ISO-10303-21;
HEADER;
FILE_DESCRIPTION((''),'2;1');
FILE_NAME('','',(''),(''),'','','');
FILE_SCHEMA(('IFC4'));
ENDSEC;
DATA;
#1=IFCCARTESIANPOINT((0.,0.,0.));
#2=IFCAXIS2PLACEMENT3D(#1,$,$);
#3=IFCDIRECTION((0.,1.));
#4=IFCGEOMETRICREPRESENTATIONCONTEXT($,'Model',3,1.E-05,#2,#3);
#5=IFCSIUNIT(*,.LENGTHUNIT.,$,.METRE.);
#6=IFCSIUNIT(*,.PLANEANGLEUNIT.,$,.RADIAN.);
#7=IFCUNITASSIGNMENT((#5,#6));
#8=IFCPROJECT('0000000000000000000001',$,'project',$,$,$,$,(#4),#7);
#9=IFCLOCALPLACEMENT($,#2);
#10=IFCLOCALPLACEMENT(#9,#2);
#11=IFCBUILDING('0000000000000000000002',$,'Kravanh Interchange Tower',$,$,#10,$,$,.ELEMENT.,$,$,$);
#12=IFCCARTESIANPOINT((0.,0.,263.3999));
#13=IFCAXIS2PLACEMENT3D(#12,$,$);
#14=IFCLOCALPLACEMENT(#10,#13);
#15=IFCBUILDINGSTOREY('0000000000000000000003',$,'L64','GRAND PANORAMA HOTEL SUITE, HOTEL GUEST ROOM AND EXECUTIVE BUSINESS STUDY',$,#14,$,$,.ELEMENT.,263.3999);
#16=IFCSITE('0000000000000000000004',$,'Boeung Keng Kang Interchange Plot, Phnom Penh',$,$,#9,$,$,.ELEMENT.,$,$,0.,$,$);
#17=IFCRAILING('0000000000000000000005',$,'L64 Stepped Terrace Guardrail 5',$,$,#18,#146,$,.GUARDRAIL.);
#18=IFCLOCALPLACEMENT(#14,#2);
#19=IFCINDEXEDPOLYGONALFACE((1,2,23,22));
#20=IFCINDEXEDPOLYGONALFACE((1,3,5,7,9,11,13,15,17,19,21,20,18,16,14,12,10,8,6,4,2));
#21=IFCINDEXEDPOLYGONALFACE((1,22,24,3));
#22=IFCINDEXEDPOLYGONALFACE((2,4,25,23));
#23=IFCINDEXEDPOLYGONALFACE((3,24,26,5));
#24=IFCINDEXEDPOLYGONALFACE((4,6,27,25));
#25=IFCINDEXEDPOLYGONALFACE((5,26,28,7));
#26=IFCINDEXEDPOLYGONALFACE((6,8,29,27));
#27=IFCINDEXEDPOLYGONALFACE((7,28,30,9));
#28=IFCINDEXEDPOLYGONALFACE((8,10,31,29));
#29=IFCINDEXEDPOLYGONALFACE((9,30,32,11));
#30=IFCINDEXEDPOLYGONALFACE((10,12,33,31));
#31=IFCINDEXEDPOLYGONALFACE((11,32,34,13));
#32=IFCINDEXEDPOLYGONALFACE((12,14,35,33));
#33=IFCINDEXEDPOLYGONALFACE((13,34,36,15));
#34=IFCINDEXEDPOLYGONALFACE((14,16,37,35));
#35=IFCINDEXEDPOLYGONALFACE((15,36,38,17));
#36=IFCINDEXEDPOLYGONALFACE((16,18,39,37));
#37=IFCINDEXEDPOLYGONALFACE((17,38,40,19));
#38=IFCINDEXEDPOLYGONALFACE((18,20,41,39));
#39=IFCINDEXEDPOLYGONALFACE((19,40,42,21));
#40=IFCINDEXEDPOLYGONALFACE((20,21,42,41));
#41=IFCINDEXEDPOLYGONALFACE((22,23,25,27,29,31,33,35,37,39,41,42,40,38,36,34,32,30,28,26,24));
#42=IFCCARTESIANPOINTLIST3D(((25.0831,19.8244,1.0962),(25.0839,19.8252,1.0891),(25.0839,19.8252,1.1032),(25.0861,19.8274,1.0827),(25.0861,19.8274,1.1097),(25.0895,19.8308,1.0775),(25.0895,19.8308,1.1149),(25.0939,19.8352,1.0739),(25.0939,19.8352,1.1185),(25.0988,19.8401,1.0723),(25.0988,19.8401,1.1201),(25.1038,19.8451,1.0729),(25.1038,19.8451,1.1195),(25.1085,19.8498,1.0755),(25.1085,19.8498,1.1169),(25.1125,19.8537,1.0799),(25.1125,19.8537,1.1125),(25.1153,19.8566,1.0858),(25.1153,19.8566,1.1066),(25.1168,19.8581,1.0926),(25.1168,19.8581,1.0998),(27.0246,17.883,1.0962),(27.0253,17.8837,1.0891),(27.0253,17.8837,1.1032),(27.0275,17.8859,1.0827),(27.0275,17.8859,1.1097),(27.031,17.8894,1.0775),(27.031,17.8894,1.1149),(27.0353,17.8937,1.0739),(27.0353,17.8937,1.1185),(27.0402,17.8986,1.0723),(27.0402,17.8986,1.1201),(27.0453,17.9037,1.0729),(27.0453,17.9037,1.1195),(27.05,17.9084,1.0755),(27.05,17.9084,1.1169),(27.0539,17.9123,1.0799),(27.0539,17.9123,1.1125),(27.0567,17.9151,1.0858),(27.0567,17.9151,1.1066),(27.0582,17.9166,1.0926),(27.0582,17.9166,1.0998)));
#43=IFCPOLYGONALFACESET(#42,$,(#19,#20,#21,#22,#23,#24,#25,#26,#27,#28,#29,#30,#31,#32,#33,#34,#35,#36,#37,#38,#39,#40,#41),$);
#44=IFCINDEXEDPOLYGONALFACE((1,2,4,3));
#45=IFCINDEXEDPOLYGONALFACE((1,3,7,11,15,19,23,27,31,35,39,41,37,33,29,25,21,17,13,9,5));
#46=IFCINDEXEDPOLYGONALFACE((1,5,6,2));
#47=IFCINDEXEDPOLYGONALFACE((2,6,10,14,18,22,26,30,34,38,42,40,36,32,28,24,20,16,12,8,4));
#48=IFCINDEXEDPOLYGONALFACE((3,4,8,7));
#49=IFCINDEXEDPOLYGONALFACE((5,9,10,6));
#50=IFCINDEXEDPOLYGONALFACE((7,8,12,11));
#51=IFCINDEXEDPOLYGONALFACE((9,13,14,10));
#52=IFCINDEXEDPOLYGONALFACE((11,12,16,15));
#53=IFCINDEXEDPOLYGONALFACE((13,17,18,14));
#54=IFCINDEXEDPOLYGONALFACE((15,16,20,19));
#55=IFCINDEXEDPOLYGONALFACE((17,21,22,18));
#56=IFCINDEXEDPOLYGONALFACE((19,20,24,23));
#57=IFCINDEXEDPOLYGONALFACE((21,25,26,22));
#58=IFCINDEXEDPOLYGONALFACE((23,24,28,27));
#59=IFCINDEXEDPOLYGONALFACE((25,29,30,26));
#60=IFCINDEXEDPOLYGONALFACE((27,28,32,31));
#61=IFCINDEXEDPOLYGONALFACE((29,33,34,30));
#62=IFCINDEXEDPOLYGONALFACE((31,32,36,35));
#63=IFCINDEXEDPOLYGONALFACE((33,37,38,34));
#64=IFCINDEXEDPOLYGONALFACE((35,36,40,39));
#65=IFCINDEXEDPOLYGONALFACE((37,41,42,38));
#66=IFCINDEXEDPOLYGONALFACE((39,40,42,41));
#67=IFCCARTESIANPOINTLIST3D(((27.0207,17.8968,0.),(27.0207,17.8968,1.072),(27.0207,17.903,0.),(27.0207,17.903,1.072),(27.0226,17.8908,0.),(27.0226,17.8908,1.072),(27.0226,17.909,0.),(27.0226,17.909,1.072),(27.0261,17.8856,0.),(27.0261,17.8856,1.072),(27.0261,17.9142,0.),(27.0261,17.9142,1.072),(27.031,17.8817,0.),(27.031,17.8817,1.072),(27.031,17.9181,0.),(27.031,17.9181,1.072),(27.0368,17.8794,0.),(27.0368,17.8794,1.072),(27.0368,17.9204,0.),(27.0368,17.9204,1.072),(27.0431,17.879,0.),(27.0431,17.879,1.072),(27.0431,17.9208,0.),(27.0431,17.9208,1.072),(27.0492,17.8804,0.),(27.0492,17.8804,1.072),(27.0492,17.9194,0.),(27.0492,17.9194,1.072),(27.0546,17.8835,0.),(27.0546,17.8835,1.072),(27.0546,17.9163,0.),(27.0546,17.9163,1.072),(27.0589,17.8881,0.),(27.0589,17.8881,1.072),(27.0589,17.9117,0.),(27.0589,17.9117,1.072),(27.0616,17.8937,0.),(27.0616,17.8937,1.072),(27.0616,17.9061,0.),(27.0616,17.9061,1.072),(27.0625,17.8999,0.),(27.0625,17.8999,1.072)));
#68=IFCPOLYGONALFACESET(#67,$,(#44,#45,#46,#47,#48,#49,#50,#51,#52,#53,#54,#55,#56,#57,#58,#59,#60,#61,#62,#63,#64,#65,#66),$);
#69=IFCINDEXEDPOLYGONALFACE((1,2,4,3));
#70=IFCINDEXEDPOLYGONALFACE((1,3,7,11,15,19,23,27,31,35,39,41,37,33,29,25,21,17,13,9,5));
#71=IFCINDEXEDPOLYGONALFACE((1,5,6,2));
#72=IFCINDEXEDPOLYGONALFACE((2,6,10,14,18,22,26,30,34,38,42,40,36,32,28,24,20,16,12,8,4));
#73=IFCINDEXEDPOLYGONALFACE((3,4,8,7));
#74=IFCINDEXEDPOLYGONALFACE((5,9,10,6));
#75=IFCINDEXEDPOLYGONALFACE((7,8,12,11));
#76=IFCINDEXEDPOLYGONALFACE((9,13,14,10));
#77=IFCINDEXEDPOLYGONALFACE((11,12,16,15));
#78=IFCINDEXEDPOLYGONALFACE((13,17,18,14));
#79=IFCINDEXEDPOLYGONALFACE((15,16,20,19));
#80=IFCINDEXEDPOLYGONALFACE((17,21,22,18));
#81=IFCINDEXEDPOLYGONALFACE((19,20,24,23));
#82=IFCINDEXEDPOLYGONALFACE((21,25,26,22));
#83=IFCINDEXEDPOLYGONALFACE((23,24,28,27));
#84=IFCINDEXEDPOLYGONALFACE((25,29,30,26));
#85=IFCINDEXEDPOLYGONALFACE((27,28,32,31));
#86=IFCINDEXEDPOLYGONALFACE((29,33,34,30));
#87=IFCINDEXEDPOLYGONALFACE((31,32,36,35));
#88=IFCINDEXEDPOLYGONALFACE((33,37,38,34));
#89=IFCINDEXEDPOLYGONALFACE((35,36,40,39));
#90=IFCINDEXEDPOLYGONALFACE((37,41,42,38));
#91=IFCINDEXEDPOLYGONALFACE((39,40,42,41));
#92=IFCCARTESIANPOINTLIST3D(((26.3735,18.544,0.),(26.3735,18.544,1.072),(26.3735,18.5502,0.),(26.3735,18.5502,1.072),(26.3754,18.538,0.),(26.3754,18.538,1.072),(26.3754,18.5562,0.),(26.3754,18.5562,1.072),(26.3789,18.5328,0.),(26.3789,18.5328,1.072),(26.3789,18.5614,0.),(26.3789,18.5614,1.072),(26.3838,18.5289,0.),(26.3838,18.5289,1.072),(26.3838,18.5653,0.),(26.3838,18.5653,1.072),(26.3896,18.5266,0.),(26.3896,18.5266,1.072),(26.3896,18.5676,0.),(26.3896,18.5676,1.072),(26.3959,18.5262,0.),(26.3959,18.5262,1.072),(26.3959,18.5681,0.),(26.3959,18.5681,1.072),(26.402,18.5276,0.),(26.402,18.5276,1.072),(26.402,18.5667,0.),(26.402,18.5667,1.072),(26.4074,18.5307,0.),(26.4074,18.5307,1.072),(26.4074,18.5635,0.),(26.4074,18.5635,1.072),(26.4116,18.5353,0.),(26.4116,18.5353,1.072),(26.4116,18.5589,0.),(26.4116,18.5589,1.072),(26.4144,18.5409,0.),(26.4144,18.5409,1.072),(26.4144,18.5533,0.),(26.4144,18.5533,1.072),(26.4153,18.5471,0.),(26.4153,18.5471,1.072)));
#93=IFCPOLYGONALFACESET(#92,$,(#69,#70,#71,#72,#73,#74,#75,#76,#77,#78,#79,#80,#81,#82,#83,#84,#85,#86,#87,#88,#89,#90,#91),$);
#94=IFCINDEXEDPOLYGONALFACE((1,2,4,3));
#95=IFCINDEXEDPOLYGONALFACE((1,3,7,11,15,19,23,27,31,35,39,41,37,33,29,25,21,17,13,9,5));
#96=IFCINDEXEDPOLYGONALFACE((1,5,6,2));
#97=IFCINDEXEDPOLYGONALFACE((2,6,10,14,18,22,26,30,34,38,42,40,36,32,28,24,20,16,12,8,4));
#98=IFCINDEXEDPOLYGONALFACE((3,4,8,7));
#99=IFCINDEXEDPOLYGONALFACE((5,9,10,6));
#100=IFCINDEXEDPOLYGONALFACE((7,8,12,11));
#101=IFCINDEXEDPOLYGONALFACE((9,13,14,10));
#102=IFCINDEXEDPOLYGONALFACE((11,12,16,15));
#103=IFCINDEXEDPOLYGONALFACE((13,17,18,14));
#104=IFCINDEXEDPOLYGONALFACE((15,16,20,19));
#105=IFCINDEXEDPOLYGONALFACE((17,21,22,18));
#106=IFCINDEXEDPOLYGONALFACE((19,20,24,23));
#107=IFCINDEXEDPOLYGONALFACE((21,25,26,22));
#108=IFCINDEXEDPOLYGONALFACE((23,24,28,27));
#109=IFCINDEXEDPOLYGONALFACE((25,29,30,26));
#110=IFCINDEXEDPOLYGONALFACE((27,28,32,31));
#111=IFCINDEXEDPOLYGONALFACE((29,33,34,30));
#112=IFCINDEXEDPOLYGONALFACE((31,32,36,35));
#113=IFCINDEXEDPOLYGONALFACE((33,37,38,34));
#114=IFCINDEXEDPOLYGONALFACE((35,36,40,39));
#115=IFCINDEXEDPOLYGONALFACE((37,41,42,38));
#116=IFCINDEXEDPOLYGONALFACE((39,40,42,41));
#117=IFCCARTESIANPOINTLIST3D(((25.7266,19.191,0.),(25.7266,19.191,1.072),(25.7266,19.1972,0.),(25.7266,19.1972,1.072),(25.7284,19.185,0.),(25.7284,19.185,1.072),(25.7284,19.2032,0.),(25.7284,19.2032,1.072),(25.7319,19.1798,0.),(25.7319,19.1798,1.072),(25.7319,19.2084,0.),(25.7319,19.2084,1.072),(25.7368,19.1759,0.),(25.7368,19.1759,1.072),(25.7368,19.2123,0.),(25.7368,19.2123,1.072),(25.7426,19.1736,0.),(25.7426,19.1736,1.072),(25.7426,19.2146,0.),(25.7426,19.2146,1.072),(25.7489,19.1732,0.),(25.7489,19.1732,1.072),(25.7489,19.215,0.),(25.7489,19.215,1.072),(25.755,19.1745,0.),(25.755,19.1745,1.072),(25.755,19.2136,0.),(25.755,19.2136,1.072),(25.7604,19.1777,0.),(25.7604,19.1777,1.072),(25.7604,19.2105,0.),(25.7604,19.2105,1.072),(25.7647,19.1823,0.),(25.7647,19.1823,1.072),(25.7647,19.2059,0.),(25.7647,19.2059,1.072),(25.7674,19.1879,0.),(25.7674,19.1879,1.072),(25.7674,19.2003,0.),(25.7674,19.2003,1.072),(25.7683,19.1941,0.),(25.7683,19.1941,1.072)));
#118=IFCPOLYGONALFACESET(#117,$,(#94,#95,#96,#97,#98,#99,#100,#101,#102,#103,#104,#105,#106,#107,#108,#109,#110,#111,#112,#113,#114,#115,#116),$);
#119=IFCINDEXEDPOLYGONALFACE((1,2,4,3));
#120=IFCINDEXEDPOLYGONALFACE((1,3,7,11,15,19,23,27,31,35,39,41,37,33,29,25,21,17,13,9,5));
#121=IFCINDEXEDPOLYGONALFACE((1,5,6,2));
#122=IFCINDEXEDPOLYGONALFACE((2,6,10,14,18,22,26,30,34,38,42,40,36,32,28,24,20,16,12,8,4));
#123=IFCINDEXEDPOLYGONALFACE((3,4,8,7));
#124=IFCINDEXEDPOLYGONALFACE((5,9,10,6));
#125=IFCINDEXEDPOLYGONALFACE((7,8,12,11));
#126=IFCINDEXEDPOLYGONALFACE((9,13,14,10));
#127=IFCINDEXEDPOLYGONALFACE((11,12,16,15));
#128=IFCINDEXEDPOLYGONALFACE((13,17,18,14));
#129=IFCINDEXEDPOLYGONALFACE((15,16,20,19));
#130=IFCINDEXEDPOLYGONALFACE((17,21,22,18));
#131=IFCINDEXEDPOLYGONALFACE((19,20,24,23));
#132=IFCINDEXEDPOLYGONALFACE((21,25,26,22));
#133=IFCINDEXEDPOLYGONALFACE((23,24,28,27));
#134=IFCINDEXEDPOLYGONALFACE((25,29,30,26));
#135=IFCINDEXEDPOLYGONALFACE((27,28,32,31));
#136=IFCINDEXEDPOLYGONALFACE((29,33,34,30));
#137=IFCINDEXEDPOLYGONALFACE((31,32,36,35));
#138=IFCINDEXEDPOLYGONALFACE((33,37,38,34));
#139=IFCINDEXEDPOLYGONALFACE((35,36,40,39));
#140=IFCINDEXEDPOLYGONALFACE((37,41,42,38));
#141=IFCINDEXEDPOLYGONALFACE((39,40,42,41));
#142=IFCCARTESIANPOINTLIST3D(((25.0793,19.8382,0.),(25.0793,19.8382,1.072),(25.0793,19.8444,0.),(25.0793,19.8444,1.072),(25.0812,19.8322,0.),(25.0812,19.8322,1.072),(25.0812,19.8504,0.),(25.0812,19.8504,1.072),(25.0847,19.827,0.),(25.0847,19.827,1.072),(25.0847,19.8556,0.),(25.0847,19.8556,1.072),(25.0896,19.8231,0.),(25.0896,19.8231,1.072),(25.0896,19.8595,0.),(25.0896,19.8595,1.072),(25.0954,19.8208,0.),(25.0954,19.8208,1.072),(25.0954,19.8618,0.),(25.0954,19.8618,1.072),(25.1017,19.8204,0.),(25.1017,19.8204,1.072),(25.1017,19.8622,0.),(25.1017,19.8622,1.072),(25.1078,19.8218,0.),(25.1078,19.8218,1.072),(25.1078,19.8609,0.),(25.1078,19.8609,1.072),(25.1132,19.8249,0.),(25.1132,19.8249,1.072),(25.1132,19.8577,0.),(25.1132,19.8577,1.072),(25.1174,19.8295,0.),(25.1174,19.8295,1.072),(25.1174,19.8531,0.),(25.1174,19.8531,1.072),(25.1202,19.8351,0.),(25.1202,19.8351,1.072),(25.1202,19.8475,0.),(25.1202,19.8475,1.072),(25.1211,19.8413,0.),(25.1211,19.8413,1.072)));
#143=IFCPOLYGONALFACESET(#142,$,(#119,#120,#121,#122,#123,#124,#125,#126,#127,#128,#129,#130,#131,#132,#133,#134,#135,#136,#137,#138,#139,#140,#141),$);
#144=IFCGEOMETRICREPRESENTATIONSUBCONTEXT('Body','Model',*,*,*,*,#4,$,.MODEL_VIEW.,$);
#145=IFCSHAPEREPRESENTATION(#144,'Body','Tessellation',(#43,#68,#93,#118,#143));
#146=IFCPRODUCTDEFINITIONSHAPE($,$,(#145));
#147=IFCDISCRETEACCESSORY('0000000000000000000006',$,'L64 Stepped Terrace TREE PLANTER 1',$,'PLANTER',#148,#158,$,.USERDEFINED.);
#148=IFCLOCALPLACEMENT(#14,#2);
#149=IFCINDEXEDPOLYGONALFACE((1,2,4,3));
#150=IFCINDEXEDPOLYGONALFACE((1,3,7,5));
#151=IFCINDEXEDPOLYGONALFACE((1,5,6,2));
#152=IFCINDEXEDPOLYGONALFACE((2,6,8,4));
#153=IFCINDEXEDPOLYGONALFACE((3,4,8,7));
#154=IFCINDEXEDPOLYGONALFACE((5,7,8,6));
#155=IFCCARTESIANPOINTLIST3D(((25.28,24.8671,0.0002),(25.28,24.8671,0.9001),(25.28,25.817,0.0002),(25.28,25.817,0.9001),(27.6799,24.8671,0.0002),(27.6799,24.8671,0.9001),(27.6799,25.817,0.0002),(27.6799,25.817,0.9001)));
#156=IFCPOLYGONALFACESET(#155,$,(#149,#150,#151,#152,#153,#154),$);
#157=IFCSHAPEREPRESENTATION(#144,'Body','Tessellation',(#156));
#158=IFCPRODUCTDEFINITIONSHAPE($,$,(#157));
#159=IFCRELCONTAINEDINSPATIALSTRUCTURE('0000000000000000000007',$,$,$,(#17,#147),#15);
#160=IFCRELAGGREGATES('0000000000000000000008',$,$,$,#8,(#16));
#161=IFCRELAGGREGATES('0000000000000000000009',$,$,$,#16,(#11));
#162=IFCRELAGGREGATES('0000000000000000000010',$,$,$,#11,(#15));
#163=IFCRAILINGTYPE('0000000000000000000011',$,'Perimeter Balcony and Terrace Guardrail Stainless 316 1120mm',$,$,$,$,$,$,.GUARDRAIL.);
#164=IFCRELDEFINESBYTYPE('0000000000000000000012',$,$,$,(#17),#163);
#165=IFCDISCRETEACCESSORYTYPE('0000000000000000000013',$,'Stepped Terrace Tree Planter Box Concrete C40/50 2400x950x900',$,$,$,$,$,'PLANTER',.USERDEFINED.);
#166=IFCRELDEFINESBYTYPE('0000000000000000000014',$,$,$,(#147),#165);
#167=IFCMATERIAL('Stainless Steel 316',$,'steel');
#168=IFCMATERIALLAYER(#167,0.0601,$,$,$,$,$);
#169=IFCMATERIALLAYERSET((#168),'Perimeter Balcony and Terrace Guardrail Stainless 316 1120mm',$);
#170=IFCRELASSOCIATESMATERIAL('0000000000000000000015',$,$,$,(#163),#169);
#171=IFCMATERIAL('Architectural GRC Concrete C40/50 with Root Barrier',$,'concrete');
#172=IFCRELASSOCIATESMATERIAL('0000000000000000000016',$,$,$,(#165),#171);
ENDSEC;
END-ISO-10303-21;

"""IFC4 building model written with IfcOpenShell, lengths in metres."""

from ifc_helpers import new_model, si_unit, direction, frame, origin, origin_2d, place, context, subcontext, project, spatial, rectangle, circle, extrude, material, layer, layer_set, type_object, element, save


model = new_model("IFC4")

# Units and contexts
model_context = context("Model", 3, precision=1e-05, world=origin(), true_north=direction((0.0, 1.0)))
body_context = subcontext(model_context, "Body", "Model", "MODEL_VIEW")
ifc_project = project(units=[si_unit("LENGTHUNIT", "METRE"), si_unit("PLANEANGLEUNIT", "RADIAN")], contexts=[model_context])

# Site, building, storey
site_placement = place(None, origin())
site = spatial("IfcSite", under=ifc_project, at=site_placement, Name="Boeung Keng Kang Interchange Plot, Phnom Penh", CompositionType="ELEMENT", RefElevation=0.0)
building_placement = place(site_placement, origin())
building = spatial("IfcBuilding", under=site, at=building_placement, Name="Kravanh Interchange Tower", CompositionType="ELEMENT")
storey_placement = place(building_placement, frame((0.0, 0.0, 263.3999)))
storey = spatial("IfcBuildingStorey", under=building, at=storey_placement, Name="L64", Description="GRAND PANORAMA HOTEL SUITE, HOTEL GUEST ROOM AND EXECUTIVE BUSINESS STUDY", CompositionType="ELEMENT", Elevation=263.3999)

# Railing
ifc_material_1 = material(Name="Stainless Steel 316", Category="steel")
ifc_layer_1 = layer(ifc_material_1, 0.0601)
ifc_layer_set_1 = layer_set([ifc_layer_1], Name="Perimeter Balcony and Terrace Guardrail Stainless 316 1120mm")
railing_type = type_object("IfcRailingType", Name="Perimeter Balcony and Terrace Guardrail Stainless 316 1120mm", PredefinedType="GUARDRAIL", material=ifc_layer_set_1)
railing_1_placement = place(storey_placement, frame((27.0415, 17.8999, 0.0)))
element("IfcRailing", 1, at=railing_1_placement, inside=storey, type_object=railing_type, Name="L64 Stepped Terrace Guardrail 5", PredefinedType="GUARDRAIL", context=body_context, shape_type="SweptSolid", body=[
    extrude(circle(Radius=0.0239, at=origin_2d()), frame((0.0, 0.0, 1.0962), z_axis=(-0.707107, 0.707107, 0.0), x_axis=(-0.707107, -0.707107, 0.0)), (0.0, 0.0, 1.0), 2.7456),
    extrude(circle(Radius=0.021, at=origin_2d()), origin(), (0.0, 0.0, 1.0), 1.072),
    extrude(circle(Radius=0.021, at=origin_2d()), frame((-0.6472, 0.6472, 0.0)), (0.0, 0.0, 1.0), 1.072),
    extrude(circle(Radius=0.021, at=origin_2d()), frame((-1.2942, 1.2942, 0.0)), (0.0, 0.0, 1.0), 1.072),
    extrude(circle(Radius=0.021, at=origin_2d()), frame((-1.9414, 1.9414, 0.0)), (0.0, 0.0, 1.0), 1.072),
])

# Discrete accessory
ifc_material_2 = material(Name="Architectural GRC Concrete C40/50 with Root Barrier", Category="concrete")
discrete_accessory_type = type_object("IfcDiscreteAccessoryType", Name="Stepped Terrace Tree Planter Box Concrete C40/50 2400x950x900", ElementType="PLANTER", PredefinedType="USERDEFINED", material=ifc_material_2)
discrete_accessory_placement = place(storey_placement, frame((26.48, 25.342, 0.0002), z_axis=(0.0, 0.0, 1.0), x_axis=(1.0, 0.0, 0.0)))
element("IfcDiscreteAccessory", 2, at=discrete_accessory_placement, inside=storey, type_object=discrete_accessory_type, Name="L64 Stepped Terrace TREE PLANTER 1", ObjectType="PLANTER", PredefinedType="USERDEFINED", context=body_context, shape_type="SweptSolid", body=[
    extrude(rectangle(XDim=2.3999, YDim=0.95, at=origin_2d()), origin(), (0.0, 0.0, 1.0), 0.8999),
])

save(model, "model.ifc")
